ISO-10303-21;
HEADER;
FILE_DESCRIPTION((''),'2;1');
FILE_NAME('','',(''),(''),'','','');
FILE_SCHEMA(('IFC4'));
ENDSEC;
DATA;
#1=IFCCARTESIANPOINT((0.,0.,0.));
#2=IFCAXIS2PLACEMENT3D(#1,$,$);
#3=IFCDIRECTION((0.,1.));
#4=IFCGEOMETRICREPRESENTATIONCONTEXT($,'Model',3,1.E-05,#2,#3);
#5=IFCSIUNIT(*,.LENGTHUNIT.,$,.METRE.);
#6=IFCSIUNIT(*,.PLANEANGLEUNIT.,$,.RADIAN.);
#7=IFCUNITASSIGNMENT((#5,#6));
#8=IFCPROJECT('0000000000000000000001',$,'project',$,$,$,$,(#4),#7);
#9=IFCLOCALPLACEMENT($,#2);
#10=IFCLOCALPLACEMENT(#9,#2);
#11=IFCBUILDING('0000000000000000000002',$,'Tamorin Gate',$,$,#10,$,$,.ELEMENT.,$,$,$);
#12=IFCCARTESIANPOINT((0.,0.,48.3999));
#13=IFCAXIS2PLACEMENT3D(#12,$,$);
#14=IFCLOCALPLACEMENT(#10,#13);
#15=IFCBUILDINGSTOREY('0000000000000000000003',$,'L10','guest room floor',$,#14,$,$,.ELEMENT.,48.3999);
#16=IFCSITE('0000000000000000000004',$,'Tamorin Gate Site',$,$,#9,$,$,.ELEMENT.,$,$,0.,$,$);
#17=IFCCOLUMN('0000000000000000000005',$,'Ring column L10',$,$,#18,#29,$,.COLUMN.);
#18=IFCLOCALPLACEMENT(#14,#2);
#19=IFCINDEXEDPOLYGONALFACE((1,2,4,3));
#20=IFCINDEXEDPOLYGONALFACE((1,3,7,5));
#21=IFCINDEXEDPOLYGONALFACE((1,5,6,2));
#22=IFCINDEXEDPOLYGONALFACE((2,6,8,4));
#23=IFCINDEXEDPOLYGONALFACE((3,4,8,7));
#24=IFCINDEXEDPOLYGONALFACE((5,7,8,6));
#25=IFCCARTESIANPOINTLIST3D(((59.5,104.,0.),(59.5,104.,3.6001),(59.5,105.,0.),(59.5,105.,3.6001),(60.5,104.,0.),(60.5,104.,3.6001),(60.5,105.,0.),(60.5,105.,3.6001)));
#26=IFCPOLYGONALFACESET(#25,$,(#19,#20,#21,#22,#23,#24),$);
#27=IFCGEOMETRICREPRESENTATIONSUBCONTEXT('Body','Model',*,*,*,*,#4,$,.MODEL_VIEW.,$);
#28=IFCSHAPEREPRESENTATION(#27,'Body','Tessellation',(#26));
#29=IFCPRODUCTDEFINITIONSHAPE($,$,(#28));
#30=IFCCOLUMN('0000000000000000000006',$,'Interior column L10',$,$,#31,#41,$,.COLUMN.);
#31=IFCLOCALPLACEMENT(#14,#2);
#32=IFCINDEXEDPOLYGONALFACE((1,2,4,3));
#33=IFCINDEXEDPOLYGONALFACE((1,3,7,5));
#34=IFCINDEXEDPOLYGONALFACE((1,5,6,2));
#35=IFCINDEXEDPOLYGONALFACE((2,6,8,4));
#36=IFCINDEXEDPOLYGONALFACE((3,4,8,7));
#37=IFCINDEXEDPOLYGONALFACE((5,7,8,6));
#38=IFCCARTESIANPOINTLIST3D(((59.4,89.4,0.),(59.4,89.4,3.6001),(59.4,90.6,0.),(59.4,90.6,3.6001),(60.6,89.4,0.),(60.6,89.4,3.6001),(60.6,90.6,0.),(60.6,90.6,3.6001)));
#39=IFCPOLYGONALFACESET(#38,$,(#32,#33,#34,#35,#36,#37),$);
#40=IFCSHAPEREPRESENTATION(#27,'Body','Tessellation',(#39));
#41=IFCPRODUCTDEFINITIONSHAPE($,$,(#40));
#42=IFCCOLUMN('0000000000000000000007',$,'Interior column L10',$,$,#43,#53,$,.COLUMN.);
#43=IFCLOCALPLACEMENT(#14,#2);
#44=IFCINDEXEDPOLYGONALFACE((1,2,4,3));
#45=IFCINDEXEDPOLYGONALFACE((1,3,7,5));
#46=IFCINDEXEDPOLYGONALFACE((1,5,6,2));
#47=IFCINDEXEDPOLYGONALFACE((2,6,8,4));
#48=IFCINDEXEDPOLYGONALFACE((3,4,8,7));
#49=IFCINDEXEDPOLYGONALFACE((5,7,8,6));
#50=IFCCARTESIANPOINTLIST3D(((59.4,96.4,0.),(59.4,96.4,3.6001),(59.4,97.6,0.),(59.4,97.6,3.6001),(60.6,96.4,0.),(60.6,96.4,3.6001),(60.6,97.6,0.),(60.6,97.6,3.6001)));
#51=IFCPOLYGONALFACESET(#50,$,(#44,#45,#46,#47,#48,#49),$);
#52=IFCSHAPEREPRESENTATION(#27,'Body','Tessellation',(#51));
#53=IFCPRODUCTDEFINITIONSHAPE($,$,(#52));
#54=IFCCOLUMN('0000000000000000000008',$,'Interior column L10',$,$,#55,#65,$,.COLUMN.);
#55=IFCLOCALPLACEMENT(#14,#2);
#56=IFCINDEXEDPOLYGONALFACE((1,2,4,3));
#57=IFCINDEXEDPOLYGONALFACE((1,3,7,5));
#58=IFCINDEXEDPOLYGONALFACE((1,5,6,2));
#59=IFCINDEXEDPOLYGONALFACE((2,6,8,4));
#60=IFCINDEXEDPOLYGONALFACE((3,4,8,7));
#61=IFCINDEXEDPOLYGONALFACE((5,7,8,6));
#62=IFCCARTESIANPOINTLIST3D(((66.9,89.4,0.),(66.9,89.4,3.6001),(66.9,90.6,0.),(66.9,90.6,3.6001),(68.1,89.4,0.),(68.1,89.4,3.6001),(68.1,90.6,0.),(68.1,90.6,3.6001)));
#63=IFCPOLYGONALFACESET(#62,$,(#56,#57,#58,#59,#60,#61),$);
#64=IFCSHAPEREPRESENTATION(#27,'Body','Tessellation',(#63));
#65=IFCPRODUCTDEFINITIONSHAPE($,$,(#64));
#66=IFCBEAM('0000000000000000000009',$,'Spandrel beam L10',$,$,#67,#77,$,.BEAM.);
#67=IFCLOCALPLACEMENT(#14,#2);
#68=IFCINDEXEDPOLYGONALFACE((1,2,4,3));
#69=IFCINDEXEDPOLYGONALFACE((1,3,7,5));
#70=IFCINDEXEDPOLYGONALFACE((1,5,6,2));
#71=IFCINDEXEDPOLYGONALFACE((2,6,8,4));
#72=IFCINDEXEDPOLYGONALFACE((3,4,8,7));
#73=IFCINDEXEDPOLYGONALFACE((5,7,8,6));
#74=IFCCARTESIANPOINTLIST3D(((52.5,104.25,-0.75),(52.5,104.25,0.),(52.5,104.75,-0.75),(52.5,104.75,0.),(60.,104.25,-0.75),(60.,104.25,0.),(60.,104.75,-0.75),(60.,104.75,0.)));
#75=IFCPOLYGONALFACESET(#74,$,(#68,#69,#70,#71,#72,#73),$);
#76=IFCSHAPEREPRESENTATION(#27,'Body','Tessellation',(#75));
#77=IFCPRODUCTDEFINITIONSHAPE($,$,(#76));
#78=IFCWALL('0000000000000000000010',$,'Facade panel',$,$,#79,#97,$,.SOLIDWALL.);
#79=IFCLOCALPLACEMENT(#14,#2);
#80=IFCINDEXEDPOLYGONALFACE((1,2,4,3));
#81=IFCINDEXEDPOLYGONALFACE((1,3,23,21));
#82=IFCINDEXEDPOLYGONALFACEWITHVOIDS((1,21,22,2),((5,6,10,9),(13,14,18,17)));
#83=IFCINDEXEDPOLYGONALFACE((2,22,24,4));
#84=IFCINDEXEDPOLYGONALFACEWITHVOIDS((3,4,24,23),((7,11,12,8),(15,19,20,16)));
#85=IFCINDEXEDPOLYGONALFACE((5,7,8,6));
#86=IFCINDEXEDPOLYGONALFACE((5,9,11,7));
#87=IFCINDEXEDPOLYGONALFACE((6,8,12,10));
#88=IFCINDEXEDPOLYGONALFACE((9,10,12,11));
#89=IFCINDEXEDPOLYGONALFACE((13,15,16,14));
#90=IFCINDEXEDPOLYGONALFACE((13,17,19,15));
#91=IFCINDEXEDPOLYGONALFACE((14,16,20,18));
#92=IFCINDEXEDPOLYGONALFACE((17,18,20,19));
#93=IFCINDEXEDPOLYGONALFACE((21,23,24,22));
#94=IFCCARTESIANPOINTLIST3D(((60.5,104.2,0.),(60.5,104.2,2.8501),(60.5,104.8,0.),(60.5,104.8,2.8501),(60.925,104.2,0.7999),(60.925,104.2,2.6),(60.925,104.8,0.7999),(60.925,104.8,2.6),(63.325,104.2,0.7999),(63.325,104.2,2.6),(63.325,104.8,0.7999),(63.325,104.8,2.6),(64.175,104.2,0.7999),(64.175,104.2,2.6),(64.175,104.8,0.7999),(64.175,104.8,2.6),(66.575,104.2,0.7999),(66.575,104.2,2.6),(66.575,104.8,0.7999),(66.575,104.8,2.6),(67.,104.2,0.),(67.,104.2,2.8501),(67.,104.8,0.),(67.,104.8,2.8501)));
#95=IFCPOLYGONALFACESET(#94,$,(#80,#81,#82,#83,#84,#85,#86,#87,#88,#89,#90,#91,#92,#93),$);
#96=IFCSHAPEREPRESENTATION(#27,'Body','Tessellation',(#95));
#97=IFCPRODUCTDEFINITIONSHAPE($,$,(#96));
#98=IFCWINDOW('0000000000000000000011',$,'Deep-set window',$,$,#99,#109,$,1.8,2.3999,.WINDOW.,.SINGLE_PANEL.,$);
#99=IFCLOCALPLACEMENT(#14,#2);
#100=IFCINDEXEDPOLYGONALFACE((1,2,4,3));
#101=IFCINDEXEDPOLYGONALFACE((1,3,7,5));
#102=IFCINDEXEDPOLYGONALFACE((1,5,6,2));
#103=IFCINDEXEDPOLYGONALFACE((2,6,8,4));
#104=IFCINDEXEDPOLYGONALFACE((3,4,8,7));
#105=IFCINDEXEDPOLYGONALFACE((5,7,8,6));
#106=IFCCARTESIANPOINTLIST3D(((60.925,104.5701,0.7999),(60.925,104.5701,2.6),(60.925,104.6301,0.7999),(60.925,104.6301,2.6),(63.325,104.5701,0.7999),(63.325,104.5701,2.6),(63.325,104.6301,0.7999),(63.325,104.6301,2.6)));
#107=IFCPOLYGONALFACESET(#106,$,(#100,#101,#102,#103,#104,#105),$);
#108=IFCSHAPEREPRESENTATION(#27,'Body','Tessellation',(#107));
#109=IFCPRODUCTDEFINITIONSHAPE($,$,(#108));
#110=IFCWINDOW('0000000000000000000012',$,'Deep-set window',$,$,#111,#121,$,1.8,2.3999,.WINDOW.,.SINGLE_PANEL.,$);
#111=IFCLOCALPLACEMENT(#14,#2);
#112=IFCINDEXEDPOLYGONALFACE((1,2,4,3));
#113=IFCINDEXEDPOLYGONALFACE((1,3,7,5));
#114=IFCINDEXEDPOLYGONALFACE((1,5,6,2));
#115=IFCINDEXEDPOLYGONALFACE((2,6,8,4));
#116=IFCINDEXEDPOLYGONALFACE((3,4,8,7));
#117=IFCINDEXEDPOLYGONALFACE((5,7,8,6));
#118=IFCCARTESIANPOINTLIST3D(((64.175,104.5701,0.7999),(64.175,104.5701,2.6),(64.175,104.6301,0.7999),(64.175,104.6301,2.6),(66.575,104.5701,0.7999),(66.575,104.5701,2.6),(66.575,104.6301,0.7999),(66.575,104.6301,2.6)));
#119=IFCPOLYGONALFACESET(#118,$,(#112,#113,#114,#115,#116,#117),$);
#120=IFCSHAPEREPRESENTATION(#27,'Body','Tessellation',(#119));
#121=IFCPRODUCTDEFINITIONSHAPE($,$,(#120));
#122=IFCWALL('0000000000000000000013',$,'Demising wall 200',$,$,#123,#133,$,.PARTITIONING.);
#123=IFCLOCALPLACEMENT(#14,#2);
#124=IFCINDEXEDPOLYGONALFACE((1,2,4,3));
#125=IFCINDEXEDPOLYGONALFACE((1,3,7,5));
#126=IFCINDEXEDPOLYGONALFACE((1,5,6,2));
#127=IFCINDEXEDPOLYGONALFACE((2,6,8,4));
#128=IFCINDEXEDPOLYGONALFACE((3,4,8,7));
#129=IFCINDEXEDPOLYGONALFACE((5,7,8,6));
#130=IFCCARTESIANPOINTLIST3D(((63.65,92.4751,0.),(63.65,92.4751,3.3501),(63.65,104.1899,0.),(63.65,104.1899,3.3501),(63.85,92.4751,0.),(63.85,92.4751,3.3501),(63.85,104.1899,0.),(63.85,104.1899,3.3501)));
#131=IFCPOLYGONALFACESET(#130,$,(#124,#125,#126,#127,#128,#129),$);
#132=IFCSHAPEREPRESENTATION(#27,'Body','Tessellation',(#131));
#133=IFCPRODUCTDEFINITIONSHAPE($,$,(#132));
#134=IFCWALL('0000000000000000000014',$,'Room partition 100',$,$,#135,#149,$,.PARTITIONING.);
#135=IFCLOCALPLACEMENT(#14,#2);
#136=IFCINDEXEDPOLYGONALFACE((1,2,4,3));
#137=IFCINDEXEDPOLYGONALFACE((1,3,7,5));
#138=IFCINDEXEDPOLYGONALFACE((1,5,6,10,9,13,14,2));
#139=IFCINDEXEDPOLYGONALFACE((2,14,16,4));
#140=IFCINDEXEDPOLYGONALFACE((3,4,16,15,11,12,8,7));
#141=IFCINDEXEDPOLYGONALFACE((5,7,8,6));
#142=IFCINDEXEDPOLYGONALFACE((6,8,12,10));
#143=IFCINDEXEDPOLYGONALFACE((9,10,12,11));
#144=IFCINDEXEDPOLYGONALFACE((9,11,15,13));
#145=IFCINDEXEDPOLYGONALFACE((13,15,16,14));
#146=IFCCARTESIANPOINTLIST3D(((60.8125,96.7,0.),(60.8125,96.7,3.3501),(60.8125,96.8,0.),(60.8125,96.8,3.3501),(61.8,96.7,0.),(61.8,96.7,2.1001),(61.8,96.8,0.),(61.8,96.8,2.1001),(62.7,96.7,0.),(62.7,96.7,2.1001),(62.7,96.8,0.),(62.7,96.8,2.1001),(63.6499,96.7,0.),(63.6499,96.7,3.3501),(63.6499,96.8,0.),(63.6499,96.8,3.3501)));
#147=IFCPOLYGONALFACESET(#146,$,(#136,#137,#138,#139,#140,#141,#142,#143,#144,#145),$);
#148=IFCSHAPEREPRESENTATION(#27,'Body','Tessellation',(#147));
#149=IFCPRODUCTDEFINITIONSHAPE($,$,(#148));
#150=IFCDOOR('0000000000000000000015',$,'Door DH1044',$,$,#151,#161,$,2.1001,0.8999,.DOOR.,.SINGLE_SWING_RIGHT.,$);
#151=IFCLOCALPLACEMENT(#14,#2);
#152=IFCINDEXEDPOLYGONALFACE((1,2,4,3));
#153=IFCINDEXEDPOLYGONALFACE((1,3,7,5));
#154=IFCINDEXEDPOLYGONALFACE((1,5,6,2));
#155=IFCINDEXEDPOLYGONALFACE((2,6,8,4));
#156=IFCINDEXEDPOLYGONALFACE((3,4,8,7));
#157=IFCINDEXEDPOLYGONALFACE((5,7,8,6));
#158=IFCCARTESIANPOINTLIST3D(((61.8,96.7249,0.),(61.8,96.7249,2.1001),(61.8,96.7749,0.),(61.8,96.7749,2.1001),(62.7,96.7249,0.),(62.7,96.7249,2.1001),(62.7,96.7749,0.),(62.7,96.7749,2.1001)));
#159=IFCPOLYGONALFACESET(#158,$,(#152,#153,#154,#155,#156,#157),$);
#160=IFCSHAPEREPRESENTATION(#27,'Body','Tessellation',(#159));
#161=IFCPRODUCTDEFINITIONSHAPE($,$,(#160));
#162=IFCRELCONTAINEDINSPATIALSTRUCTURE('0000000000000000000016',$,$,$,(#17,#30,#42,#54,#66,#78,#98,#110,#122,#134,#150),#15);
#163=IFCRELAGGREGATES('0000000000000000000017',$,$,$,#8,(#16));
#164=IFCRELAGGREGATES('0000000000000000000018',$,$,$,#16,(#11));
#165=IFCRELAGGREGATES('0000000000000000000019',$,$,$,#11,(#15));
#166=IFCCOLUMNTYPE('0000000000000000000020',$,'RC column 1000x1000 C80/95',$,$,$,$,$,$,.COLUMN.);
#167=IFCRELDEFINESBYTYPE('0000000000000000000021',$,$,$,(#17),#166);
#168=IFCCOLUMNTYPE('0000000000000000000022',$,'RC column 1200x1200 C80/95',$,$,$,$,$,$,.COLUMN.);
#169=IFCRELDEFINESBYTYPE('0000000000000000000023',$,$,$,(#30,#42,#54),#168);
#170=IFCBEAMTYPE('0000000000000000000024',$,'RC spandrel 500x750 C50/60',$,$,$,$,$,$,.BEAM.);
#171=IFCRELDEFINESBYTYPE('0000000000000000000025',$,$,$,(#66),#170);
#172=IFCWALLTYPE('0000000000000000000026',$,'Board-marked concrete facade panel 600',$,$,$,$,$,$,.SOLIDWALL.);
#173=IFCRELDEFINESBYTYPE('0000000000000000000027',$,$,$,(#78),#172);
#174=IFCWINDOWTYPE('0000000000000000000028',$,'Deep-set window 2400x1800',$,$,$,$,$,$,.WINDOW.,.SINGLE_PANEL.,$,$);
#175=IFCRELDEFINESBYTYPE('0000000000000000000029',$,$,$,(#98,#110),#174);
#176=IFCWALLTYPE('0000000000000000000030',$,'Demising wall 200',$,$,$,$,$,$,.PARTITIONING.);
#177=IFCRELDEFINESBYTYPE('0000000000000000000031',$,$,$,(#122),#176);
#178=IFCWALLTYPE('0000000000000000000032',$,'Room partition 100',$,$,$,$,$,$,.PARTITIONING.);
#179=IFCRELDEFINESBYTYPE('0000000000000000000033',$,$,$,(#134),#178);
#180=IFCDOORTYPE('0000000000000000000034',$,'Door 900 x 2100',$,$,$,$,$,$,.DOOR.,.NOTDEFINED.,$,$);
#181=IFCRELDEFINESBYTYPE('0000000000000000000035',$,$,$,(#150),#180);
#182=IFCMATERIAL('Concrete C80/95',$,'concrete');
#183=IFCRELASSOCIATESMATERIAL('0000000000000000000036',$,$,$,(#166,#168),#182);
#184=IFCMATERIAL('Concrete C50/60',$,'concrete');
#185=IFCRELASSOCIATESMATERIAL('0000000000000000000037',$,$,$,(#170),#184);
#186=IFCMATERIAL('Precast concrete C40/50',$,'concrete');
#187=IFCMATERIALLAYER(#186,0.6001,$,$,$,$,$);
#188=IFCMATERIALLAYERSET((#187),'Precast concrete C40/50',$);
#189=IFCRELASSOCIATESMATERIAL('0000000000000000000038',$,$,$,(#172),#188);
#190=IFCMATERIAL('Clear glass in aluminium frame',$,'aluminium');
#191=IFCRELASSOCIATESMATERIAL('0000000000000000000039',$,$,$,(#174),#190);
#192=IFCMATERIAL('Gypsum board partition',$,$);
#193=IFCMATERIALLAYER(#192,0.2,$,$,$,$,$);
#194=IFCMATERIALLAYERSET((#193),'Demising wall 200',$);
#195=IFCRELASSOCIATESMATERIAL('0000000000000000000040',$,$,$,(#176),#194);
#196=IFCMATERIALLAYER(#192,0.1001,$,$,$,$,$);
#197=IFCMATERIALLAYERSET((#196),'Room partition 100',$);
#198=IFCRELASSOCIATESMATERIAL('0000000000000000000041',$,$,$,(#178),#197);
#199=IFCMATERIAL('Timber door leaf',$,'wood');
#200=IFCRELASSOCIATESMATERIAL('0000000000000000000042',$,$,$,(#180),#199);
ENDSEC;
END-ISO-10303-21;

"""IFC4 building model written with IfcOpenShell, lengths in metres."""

from ifc_helpers import new_model, si_unit, direction, frame, frame_2d, origin, origin_2d, place, context, subcontext, project, spatial, rectangle, extrude, material, layer, layer_set, material_profile, profile_set, type_object, element, fill, save


model = new_model("IFC4")

# Units and contexts
model_context = context("Model", 3, precision=1e-05, world=origin(), true_north=direction((0.0, 1.0)))
body_context = subcontext(model_context, "Body", "Model", "MODEL_VIEW")
ifc_project = project(units=[si_unit("LENGTHUNIT", "METRE"), si_unit("PLANEANGLEUNIT", "RADIAN")], contexts=[model_context])

# Site, building, storey
site_placement = place(None, origin())
site = spatial("IfcSite", under=ifc_project, at=site_placement, Name="Tamorin Gate Site", CompositionType="ELEMENT", RefElevation=0.0)
building_placement = place(site_placement, origin())
building = spatial("IfcBuilding", under=site, at=building_placement, Name="Tamorin Gate", CompositionType="ELEMENT")
storey_placement = place(building_placement, frame((0.0, 0.0, 48.3999)))
storey = spatial("IfcBuildingStorey", under=building, at=storey_placement, Name="L10", Description="guest room floor", CompositionType="ELEMENT", Elevation=48.3999)

# Columns
ifc_material_1 = material(Name="Concrete C80/95", Category="concrete")
ifc_material_profile_1 = material_profile(ifc_material_1, rectangle(XDim=1.0, YDim=1.0, at=origin_2d()), Name="RC 1000x1000")
ifc_profile_set_1 = profile_set([ifc_material_profile_1], Name="Concrete C80/95")
column_type_1 = type_object("IfcColumnType", Name="RC column 1000x1000 C80/95", PredefinedType="COLUMN", material=ifc_profile_set_1)
column_placement = place(storey_placement, frame((60.0, 104.5, 0.0), z_axis=(0.0, 0.0, 1.0), x_axis=(1.0, 0.0, 0.0)))
element("IfcColumn", 1, at=column_placement, inside=storey, type_object=column_type_1, Name="Ring column L10", PredefinedType="COLUMN", context=body_context, shape_type="SweptSolid", body=[
    extrude(rectangle(XDim=1.0, YDim=1.0, at=origin_2d()), origin(), (0.0, 0.0, 1.0), 3.6001),
])
ifc_material_profile_2 = material_profile(ifc_material_1, rectangle(XDim=1.2, YDim=1.2, at=origin_2d()), Name="RC 1200x1200")
ifc_profile_set_2 = profile_set([ifc_material_profile_2], Name="Concrete C80/95")
column_type_2 = type_object("IfcColumnType", Name="RC column 1200x1200 C80/95", PredefinedType="COLUMN", material=ifc_profile_set_2)
for number, where, z_axis, x_axis, name in (
    (2, (60.0, 90.0, 0.0), (0.0, 0.0, 1.0), (1.0, 0.0, 0.0), "Interior column L10"),
    (3, (60.0, 97.0, 0.0), (0.0, 0.0, 1.0), (1.0, 0.0, 0.0), "Interior column L10"),
    (4, (67.5, 90.0, 0.0), (0.0, 0.0, 1.0), (1.0, 0.0, 0.0), "Interior column L10"),
):
    element("IfcColumn", number, at=place(storey_placement, frame(where, z_axis=z_axis, x_axis=x_axis)), inside=storey, type_object=column_type_2, Name=name, PredefinedType="COLUMN", context=body_context, shape_type="SweptSolid", body=[
        extrude(rectangle(XDim=1.2, YDim=1.2, at=origin_2d()), origin(), (0.0, 0.0, 1.0), 3.6001),
    ])

# Beam
ifc_material_2 = material(Name="Concrete C50/60", Category="concrete")
ifc_material_profile_3 = material_profile(ifc_material_2, rectangle(XDim=0.5, YDim=0.75, at=origin_2d()), Name="RC 500x750")
ifc_profile_set_3 = profile_set([ifc_material_profile_3], Name="Concrete C50/60")
beam_type = type_object("IfcBeamType", Name="RC spandrel 500x750 C50/60", PredefinedType="BEAM", material=ifc_profile_set_3)
beam_placement = place(storey_placement, frame((60.0, 104.5, -0.375), z_axis=(-1.0, 0.0, 0.0), x_axis=(0.0, -1.0, 0.0)))
element("IfcBeam", 5, at=beam_placement, inside=storey, type_object=beam_type, Name="Spandrel beam L10", PredefinedType="BEAM", context=body_context, shape_type="SweptSolid", body=[
    extrude(rectangle(XDim=0.5, YDim=0.75, at=origin_2d()), origin(), (0.0, 0.0, 1.0), 7.5),
])

# Wall, openings, windows
ifc_material_3 = material(Name="Precast concrete C40/50", Category="concrete")
ifc_layer_1 = layer(ifc_material_3, 0.6001)
ifc_layer_set_1 = layer_set([ifc_layer_1], Name="Precast concrete C40/50")
wall_type_1 = type_object("IfcWallType", Name="Board-marked concrete facade panel 600", PredefinedType="SOLIDWALL", material=ifc_layer_set_1)
wall_1_placement = place(storey_placement, frame((67.0, 104.5, 0.0), z_axis=(0.0, 0.0, 1.0), x_axis=(-1.0, 0.0, 0.0)))
wall_1 = element("IfcWall", 6, at=wall_1_placement, inside=storey, type_object=wall_type_1, Name="Facade panel", PredefinedType="SOLIDWALL", context=body_context, shape_type="SweptSolid", body=[
    extrude(rectangle(XDim=6.5, YDim=0.6001, at=frame_2d((3.25, 0.0))), origin(), (0.0, 0.0, 1.0), 2.8501),
])
opening_1_placement = place(wall_1_placement, frame((3.675, 0.0, 0.8)))
opening_1 = element("IfcOpeningElement", 7, at=opening_1_placement, cuts=wall_1, PredefinedType="OPENING", context=body_context, shape_type="SweptSolid", body=[
    extrude(rectangle(XDim=2.3999, YDim=1.8, at=frame_2d((1.2, 0.8999))), frame((0.0, 0.3101, 0.0), z_axis=(0.0, -1.0, 0.0), x_axis=(1.0, 0.0, 0.0)), (0.0, 0.0, 1.0), 0.6201),
])
opening_2_placement = place(wall_1_placement, frame((0.425, 0.0, 0.8)))
opening_2 = element("IfcOpeningElement", 8, at=opening_2_placement, cuts=wall_1, PredefinedType="OPENING", context=body_context, shape_type="SweptSolid", body=[
    extrude(rectangle(XDim=2.3999, YDim=1.8, at=frame_2d((1.2, 0.8999))), frame((0.0, 0.3101, 0.0), z_axis=(0.0, -1.0, 0.0), x_axis=(1.0, 0.0, 0.0)), (0.0, 0.0, 1.0), 0.6201),
])
ifc_material_4 = material(Name="Clear glass in aluminium frame", Category="aluminium")
window_type = type_object("IfcWindowType", Name="Deep-set window 2400x1800", PartitioningType="SINGLE_PANEL", PredefinedType="WINDOW", material=ifc_material_4)
window_1_placement = place(opening_1_placement, origin())
window_1 = element("IfcWindow", 9, at=window_1_placement, inside=storey, type_object=window_type, Name="Deep-set window", OverallHeight=1.8, OverallWidth=2.3999, PartitioningType="SINGLE_PANEL", PredefinedType="WINDOW", context=body_context, shape_type="SweptSolid", body=[
    extrude(rectangle(XDim=2.3999, YDim=1.8, at=frame_2d((1.2, 0.8999))), frame((0.0, -0.0701, 0.0), z_axis=(0.0, -1.0, 0.0), x_axis=(1.0, 0.0, 0.0)), (0.0, 0.0, 1.0), 0.0601),
])
fill(opening_1, window_1)
window_2_placement = place(opening_2_placement, origin())
window_2 = element("IfcWindow", 10, at=window_2_placement, inside=storey, type_object=window_type, Name="Deep-set window", OverallHeight=1.8, OverallWidth=2.3999, PartitioningType="SINGLE_PANEL", PredefinedType="WINDOW", context=body_context, shape_type="SweptSolid", body=[
    extrude(rectangle(XDim=2.3999, YDim=1.8, at=frame_2d((1.2, 0.8999))), frame((0.0, -0.0701, 0.0), z_axis=(0.0, -1.0, 0.0), x_axis=(1.0, 0.0, 0.0)), (0.0, 0.0, 1.0), 0.0601),
])
fill(opening_2, window_2)

# Wall
ifc_material_5 = material(Name="Gypsum board partition")
ifc_layer_2 = layer(ifc_material_5, 0.2)
ifc_layer_set_2 = layer_set([ifc_layer_2], Name="Demising wall 200")
wall_type_2 = type_object("IfcWallType", Name="Demising wall 200", PredefinedType="PARTITIONING", material=ifc_layer_set_2)
wall_2_placement = place(storey_placement, frame((63.75, 92.4751, 0.0), z_axis=(0.0, 0.0, 1.0), x_axis=(0.0, 1.0, 0.0)))
element("IfcWall", 11, at=wall_2_placement, inside=storey, type_object=wall_type_2, Name="Demising wall 200", PredefinedType="PARTITIONING", context=body_context, shape_type="SweptSolid", body=[
    extrude(rectangle(XDim=11.7148, YDim=0.2, at=frame_2d((5.8574, 0.0))), origin(), (0.0, 0.0, 1.0), 3.3501),
])

# Wall, opening, door
ifc_layer_3 = layer(ifc_material_5, 0.1001)
ifc_layer_set_3 = layer_set([ifc_layer_3], Name="Room partition 100")
wall_type_3 = type_object("IfcWallType", Name="Room partition 100", PredefinedType="PARTITIONING", material=ifc_layer_set_3)
wall_3_placement = place(storey_placement, frame((60.8125, 96.75, 0.0), z_axis=(0.0, 0.0, 1.0), x_axis=(1.0, 0.0, 0.0)))
wall_3 = element("IfcWall", 12, at=wall_3_placement, inside=storey, type_object=wall_type_3, Name="Room partition 100", PredefinedType="PARTITIONING", context=body_context, shape_type="SweptSolid", body=[
    extrude(rectangle(XDim=2.8374, YDim=0.1001, at=frame_2d((1.4187, 0.0))), origin(), (0.0, 0.0, 1.0), 3.3501),
])
opening_3_placement = place(wall_3_placement, frame((0.9875, 0.0, 0.0)))
opening_3 = element("IfcOpeningElement", 13, at=opening_3_placement, cuts=wall_3, PredefinedType="OPENING", context=body_context, shape_type="SweptSolid", body=[
    extrude(rectangle(XDim=0.8999, YDim=2.1001, at=frame_2d((0.45, 1.05))), frame((0.0, 0.0601, 0.0), z_axis=(0.0, -1.0, 0.0), x_axis=(1.0, 0.0, 0.0)), (0.0, 0.0, 1.0), 0.1201),
])
ifc_material_6 = material(Name="Timber door leaf", Category="wood")
door_type = type_object("IfcDoorType", Name="Door 900 x 2100", OperationType="NOTDEFINED", PredefinedType="DOOR", material=ifc_material_6)
door_1_placement = place(opening_3_placement, origin())
door_1 = element("IfcDoor", 14, at=door_1_placement, inside=storey, type_object=door_type, Name="Door DH1044", OperationType="SINGLE_SWING_RIGHT", OverallHeight=2.1001, OverallWidth=0.8999, PredefinedType="DOOR", context=body_context, shape_type="SweptSolid", body=[
    extrude(rectangle(XDim=0.8999, YDim=2.1001, at=frame_2d((0.45, 1.05))), frame((0.0, 0.0249, 0.0), z_axis=(0.0, -1.0, 0.0), x_axis=(1.0, 0.0, 0.0)), (0.0, 0.0, 1.0), 0.05),
])
fill(opening_3, door_1)

save(model, "model.ifc")
